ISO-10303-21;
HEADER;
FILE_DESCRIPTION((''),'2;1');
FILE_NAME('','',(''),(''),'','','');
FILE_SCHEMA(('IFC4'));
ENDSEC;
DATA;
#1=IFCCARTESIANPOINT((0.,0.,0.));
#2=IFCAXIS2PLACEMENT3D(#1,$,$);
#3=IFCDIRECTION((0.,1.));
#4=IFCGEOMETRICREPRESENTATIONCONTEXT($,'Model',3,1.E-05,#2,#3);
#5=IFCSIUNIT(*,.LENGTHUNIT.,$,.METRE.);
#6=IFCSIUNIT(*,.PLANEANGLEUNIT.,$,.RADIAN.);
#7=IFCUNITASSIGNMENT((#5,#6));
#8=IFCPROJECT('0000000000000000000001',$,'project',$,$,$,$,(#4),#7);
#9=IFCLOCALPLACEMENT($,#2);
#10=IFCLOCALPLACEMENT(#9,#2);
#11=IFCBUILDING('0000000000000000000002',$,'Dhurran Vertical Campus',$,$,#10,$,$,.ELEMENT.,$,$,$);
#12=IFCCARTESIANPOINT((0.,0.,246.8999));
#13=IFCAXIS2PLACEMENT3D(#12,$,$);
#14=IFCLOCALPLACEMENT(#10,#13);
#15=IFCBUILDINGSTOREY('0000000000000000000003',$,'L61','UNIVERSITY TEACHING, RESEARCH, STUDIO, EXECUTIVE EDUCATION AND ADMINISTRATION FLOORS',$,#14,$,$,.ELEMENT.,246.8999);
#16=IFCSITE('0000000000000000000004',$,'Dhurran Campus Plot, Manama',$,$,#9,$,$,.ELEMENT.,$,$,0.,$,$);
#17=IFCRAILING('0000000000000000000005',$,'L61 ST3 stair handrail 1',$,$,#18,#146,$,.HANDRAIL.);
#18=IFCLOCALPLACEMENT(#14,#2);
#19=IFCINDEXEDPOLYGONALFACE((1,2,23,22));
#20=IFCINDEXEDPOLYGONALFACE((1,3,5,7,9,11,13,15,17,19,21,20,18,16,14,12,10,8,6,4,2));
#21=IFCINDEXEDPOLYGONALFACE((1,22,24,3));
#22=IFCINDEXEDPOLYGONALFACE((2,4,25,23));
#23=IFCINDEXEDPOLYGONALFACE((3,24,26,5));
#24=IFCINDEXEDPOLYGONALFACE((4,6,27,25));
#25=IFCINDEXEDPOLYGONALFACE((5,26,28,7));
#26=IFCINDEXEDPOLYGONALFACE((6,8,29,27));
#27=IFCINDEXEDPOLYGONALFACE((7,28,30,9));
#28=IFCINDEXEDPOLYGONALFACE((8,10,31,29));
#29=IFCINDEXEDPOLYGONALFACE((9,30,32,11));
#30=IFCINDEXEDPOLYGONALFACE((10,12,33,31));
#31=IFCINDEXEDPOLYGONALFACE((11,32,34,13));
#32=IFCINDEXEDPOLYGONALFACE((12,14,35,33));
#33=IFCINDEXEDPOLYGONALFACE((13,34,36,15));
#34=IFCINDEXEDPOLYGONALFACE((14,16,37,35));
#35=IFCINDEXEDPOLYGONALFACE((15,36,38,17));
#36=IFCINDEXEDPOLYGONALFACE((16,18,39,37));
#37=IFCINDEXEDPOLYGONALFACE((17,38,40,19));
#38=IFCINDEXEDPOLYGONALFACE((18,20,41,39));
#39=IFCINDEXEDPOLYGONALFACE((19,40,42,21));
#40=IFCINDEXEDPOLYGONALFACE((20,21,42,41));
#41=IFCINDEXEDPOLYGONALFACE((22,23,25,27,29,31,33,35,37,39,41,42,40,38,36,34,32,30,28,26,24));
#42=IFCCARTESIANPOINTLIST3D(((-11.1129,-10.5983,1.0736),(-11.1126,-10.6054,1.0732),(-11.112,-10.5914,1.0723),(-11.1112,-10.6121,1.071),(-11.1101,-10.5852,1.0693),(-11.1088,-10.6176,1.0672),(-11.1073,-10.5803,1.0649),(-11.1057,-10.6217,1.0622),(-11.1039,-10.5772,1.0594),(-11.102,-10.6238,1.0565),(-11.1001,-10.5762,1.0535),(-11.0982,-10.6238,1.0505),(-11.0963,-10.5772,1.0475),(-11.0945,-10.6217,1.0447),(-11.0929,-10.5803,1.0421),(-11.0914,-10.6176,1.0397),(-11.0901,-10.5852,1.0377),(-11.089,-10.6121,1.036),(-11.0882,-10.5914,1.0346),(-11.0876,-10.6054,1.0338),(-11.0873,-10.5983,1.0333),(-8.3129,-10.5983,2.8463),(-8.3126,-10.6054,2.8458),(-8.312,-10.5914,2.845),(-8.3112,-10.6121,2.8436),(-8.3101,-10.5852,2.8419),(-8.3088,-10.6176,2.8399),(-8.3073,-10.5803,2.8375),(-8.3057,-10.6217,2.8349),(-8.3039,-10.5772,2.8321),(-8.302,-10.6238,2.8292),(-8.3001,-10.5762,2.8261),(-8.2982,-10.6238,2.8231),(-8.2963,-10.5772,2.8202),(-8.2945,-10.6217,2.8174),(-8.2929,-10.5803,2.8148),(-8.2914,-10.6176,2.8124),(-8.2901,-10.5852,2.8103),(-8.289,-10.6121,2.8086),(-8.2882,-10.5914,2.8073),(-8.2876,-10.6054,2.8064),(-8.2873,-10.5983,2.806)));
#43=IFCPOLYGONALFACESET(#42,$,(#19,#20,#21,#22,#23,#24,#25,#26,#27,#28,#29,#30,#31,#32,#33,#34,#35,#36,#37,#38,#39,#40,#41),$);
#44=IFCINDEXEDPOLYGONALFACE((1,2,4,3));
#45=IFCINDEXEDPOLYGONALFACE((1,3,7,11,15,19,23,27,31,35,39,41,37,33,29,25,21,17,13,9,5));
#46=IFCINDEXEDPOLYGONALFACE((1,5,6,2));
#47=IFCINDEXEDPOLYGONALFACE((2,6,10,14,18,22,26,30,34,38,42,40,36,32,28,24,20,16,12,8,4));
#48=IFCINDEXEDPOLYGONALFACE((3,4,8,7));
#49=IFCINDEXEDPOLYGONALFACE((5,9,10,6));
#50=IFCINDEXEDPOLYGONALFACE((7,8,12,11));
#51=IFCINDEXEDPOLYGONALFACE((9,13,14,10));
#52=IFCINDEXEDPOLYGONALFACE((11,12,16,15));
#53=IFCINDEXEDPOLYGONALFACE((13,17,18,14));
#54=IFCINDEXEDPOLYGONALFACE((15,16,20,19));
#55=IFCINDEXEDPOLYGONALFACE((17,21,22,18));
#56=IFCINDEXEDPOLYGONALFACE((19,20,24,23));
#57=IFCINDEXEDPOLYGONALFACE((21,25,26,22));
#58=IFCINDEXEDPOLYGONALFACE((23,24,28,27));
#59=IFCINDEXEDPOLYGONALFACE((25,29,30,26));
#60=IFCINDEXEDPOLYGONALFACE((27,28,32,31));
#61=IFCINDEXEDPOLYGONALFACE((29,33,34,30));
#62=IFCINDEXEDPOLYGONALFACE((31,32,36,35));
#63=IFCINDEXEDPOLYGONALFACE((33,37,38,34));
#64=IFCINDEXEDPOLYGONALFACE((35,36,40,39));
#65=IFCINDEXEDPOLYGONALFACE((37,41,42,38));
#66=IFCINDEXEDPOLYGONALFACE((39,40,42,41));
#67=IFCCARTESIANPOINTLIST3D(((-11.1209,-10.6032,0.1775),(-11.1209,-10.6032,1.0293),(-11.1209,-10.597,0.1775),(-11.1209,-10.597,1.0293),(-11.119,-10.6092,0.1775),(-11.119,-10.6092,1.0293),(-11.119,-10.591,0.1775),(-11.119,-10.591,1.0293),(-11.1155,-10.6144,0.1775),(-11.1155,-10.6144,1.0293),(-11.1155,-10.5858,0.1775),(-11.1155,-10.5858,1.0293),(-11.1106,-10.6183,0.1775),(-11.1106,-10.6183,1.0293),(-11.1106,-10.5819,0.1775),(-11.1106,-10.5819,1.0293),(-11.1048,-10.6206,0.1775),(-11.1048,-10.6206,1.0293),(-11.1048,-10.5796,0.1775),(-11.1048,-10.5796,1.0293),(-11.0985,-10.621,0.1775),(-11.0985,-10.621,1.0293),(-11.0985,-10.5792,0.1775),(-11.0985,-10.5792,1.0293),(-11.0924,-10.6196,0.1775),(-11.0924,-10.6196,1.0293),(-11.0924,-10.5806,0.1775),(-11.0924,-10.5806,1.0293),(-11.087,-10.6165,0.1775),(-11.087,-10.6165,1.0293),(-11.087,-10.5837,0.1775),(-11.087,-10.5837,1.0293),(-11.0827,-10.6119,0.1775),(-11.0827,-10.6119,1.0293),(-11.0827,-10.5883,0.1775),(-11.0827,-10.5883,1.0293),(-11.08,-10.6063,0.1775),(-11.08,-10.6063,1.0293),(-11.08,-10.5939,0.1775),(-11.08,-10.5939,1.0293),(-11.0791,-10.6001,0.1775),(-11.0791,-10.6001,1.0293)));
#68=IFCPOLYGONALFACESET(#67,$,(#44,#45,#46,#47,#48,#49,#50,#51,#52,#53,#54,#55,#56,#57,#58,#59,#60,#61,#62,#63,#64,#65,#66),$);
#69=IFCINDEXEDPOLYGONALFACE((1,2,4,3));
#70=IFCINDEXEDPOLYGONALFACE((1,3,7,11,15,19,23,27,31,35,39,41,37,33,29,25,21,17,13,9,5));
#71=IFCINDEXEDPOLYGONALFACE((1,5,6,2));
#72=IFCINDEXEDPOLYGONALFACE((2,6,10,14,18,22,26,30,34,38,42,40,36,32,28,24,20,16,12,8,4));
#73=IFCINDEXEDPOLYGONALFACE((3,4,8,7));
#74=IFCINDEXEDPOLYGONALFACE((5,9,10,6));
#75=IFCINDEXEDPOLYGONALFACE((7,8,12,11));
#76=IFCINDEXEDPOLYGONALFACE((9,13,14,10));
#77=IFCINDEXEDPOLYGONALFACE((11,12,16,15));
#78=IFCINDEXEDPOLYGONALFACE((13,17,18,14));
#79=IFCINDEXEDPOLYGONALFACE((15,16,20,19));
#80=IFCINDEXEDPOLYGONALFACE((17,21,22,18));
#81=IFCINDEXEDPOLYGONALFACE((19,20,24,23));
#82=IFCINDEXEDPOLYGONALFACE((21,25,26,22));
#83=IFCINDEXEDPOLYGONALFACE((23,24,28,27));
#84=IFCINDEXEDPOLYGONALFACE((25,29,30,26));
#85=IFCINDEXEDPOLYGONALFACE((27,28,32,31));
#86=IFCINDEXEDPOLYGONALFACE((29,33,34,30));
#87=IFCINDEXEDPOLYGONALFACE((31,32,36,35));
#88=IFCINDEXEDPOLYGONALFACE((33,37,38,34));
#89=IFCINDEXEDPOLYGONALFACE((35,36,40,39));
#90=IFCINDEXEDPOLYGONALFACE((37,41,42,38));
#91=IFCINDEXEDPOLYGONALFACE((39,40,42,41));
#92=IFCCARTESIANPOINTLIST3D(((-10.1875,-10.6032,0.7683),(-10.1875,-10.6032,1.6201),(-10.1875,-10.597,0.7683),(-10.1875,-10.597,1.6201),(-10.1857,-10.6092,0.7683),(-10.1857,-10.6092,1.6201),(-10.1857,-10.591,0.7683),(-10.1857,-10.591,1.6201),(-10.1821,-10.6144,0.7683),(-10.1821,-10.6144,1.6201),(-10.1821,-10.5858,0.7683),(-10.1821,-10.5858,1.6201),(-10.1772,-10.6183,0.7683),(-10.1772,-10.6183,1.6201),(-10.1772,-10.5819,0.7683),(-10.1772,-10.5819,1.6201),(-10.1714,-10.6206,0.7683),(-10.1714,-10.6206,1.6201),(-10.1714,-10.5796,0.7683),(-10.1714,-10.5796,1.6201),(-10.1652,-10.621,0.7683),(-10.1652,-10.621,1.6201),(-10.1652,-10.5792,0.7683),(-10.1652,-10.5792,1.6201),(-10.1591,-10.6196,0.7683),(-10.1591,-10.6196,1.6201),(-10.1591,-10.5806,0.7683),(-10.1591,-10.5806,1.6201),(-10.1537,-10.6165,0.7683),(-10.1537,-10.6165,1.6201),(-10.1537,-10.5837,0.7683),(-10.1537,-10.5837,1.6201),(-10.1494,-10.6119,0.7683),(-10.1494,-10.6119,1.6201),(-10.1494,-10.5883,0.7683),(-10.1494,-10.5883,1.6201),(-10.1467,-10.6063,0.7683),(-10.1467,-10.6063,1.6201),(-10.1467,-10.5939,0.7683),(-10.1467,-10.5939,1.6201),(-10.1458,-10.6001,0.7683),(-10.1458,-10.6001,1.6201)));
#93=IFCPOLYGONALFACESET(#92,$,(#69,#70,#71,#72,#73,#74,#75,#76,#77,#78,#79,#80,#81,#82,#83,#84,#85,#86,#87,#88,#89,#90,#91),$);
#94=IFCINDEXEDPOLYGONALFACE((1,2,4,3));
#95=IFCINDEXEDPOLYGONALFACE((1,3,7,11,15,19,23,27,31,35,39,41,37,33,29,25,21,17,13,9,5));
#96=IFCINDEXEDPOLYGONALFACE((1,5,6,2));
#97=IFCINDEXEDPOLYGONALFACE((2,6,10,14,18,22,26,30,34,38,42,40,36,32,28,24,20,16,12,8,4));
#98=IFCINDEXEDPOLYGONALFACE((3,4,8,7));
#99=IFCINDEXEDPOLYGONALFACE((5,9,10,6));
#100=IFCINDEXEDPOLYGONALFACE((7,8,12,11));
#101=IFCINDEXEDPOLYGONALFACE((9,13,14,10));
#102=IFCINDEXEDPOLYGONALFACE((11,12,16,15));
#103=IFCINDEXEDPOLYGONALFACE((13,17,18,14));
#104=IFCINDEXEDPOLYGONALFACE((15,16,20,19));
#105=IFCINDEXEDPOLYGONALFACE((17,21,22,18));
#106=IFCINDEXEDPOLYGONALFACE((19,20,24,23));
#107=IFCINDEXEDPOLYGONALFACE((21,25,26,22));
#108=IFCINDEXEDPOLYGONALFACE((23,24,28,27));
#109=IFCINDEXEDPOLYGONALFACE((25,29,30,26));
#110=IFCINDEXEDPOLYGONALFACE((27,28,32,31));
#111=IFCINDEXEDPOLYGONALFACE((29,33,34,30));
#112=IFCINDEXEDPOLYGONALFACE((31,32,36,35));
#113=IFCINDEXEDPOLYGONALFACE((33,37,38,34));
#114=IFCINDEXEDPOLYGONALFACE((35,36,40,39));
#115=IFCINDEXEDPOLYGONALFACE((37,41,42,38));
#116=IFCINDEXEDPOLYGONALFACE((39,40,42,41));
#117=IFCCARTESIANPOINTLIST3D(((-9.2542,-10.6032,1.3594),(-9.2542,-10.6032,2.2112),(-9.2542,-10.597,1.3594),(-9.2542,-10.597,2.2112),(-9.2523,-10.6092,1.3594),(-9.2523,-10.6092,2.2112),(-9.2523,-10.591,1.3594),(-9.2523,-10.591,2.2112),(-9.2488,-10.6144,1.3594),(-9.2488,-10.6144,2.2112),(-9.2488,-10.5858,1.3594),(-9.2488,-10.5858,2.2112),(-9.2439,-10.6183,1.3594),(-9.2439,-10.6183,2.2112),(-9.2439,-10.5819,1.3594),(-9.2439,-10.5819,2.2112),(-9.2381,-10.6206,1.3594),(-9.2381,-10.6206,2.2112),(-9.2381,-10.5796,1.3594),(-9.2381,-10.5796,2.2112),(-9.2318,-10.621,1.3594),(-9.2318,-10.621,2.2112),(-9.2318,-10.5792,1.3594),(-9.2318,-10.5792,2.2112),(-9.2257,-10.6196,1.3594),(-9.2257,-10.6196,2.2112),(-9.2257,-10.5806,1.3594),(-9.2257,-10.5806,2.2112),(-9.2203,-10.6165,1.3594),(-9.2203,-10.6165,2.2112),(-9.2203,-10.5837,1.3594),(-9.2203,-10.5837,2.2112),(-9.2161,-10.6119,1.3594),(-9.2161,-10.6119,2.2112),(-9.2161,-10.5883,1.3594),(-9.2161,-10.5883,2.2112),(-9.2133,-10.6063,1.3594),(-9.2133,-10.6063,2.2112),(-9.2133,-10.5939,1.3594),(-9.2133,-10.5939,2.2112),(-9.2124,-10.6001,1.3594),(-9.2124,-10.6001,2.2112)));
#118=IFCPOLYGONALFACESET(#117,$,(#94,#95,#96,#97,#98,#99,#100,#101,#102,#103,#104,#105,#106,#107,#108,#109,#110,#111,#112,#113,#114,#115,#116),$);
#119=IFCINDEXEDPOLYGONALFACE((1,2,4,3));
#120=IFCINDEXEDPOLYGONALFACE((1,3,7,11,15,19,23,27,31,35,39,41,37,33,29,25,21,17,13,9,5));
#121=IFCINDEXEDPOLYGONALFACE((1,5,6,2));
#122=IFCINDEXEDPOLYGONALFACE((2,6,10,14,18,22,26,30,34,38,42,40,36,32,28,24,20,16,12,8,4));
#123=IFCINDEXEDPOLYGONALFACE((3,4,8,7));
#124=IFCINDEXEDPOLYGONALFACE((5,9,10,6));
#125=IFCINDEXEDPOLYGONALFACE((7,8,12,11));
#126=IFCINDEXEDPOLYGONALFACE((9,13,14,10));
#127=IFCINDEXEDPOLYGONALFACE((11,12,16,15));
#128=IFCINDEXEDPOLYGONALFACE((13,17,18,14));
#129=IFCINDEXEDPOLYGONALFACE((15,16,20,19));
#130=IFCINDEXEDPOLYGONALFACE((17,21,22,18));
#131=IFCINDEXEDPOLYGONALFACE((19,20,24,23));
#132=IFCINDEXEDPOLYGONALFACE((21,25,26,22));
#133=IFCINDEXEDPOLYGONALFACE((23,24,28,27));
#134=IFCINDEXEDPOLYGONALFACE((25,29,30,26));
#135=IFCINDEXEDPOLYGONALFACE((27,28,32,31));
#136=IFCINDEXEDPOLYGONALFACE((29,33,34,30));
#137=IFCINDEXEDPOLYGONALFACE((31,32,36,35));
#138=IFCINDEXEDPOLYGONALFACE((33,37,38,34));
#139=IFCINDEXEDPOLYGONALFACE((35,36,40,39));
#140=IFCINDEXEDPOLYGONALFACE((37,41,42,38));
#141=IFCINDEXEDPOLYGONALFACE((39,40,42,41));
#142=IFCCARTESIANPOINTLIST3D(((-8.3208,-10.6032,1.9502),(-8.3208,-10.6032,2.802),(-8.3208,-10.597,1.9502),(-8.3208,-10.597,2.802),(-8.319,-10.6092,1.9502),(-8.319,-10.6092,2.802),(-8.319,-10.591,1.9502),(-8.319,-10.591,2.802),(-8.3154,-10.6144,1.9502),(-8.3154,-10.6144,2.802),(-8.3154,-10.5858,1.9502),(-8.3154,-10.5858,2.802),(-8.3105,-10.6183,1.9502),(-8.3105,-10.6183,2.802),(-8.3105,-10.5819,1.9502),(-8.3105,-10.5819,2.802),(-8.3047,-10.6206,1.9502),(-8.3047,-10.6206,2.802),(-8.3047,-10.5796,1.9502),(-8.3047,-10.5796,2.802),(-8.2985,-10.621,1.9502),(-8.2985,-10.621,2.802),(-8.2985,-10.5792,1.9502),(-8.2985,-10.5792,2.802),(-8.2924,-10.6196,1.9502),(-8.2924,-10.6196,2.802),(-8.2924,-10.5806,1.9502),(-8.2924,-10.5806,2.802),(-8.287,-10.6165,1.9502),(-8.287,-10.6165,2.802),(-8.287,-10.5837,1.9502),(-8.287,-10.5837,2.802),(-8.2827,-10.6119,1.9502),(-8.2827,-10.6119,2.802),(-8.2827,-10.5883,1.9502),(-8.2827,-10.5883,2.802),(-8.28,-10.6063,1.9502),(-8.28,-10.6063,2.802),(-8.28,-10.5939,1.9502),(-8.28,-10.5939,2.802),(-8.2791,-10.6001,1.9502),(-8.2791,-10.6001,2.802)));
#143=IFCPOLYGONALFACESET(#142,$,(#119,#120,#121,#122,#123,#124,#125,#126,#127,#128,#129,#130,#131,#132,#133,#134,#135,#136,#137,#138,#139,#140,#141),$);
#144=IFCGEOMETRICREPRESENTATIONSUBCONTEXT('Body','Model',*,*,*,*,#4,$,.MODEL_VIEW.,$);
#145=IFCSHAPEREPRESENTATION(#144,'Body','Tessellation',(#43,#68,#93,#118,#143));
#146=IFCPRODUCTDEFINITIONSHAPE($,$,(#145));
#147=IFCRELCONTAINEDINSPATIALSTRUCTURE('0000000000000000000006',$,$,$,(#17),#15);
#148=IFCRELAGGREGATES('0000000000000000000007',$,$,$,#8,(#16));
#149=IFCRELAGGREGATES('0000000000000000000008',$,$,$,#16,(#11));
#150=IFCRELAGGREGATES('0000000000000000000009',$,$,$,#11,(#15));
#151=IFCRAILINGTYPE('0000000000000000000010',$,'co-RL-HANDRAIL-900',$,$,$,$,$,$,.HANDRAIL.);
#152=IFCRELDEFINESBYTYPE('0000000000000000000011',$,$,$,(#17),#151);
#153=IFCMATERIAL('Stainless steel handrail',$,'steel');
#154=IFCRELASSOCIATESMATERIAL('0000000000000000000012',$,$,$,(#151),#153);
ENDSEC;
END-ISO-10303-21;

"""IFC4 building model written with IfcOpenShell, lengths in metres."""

from ifc_helpers import new_model, si_unit, direction, frame, origin, origin_2d, place, context, subcontext, project, spatial, circle, extrude, material, type_object, element, save


model = new_model("IFC4")

# Units and contexts
model_context = context("Model", 3, precision=1e-05, world=origin(), true_north=direction((0.0, 1.0)))
body_context = subcontext(model_context, "Body", "Model", "MODEL_VIEW")
ifc_project = project(units=[si_unit("LENGTHUNIT", "METRE"), si_unit("PLANEANGLEUNIT", "RADIAN")], contexts=[model_context])

# Site, building, storey
site_placement = place(None, origin())
site = spatial("IfcSite", under=ifc_project, at=site_placement, Name="Dhurran Campus Plot, Manama", CompositionType="ELEMENT", RefElevation=0.0)
building_placement = place(site_placement, origin())
building = spatial("IfcBuilding", under=site, at=building_placement, Name="Dhurran Vertical Campus", CompositionType="ELEMENT")
storey_placement = place(building_placement, frame((0.0, 0.0, 246.8999)))
storey = spatial("IfcBuildingStorey", under=building, at=storey_placement, Name="L61", Description="UNIVERSITY TEACHING, RESEARCH, STUDIO, EXECUTIVE EDUCATION AND ADMINISTRATION FLOORS", CompositionType="ELEMENT", Elevation=246.8999)

# Railing
ifc_material_1 = material(Name="Stainless steel handrail", Category="steel")
railing_type_1 = type_object("IfcRailingType", Name="co-RL-HANDRAIL-900", PredefinedType="HANDRAIL", material=ifc_material_1)
railing_1_placement = place(storey_placement, frame((-11.1001, -10.6001, 0.1775)))
element("IfcRailing", 1, at=railing_1_placement, inside=storey, type_object=railing_type_1, Name="L61 ST3 stair handrail 1", PredefinedType="HANDRAIL", context=body_context, shape_type="SweptSolid", body=[
    extrude(circle(Radius=0.0239, at=origin_2d()), frame((0.0, 0.0, 0.876), z_axis=(0.844909, 0.0, 0.53491), x_axis=(0.0, 1.0, 0.0)), (0.0, 0.0, 1.0), 3.314),
    extrude(circle(Radius=0.021, at=origin_2d()), origin(), (0.0, 0.0, 1.0), 0.8518),
    extrude(circle(Radius=0.021, at=origin_2d()), frame((0.9333, 0.0, 0.5908)), (0.0, 0.0, 1.0), 0.8518),
    extrude(circle(Radius=0.021, at=origin_2d()), frame((1.8667, 0.0, 1.1819)), (0.0, 0.0, 1.0), 0.8518),
    extrude(circle(Radius=0.021, at=origin_2d()), frame((2.8, 0.0, 1.7727)), (0.0, 0.0, 1.0), 0.8518),
])

save(model, "model.ifc")
